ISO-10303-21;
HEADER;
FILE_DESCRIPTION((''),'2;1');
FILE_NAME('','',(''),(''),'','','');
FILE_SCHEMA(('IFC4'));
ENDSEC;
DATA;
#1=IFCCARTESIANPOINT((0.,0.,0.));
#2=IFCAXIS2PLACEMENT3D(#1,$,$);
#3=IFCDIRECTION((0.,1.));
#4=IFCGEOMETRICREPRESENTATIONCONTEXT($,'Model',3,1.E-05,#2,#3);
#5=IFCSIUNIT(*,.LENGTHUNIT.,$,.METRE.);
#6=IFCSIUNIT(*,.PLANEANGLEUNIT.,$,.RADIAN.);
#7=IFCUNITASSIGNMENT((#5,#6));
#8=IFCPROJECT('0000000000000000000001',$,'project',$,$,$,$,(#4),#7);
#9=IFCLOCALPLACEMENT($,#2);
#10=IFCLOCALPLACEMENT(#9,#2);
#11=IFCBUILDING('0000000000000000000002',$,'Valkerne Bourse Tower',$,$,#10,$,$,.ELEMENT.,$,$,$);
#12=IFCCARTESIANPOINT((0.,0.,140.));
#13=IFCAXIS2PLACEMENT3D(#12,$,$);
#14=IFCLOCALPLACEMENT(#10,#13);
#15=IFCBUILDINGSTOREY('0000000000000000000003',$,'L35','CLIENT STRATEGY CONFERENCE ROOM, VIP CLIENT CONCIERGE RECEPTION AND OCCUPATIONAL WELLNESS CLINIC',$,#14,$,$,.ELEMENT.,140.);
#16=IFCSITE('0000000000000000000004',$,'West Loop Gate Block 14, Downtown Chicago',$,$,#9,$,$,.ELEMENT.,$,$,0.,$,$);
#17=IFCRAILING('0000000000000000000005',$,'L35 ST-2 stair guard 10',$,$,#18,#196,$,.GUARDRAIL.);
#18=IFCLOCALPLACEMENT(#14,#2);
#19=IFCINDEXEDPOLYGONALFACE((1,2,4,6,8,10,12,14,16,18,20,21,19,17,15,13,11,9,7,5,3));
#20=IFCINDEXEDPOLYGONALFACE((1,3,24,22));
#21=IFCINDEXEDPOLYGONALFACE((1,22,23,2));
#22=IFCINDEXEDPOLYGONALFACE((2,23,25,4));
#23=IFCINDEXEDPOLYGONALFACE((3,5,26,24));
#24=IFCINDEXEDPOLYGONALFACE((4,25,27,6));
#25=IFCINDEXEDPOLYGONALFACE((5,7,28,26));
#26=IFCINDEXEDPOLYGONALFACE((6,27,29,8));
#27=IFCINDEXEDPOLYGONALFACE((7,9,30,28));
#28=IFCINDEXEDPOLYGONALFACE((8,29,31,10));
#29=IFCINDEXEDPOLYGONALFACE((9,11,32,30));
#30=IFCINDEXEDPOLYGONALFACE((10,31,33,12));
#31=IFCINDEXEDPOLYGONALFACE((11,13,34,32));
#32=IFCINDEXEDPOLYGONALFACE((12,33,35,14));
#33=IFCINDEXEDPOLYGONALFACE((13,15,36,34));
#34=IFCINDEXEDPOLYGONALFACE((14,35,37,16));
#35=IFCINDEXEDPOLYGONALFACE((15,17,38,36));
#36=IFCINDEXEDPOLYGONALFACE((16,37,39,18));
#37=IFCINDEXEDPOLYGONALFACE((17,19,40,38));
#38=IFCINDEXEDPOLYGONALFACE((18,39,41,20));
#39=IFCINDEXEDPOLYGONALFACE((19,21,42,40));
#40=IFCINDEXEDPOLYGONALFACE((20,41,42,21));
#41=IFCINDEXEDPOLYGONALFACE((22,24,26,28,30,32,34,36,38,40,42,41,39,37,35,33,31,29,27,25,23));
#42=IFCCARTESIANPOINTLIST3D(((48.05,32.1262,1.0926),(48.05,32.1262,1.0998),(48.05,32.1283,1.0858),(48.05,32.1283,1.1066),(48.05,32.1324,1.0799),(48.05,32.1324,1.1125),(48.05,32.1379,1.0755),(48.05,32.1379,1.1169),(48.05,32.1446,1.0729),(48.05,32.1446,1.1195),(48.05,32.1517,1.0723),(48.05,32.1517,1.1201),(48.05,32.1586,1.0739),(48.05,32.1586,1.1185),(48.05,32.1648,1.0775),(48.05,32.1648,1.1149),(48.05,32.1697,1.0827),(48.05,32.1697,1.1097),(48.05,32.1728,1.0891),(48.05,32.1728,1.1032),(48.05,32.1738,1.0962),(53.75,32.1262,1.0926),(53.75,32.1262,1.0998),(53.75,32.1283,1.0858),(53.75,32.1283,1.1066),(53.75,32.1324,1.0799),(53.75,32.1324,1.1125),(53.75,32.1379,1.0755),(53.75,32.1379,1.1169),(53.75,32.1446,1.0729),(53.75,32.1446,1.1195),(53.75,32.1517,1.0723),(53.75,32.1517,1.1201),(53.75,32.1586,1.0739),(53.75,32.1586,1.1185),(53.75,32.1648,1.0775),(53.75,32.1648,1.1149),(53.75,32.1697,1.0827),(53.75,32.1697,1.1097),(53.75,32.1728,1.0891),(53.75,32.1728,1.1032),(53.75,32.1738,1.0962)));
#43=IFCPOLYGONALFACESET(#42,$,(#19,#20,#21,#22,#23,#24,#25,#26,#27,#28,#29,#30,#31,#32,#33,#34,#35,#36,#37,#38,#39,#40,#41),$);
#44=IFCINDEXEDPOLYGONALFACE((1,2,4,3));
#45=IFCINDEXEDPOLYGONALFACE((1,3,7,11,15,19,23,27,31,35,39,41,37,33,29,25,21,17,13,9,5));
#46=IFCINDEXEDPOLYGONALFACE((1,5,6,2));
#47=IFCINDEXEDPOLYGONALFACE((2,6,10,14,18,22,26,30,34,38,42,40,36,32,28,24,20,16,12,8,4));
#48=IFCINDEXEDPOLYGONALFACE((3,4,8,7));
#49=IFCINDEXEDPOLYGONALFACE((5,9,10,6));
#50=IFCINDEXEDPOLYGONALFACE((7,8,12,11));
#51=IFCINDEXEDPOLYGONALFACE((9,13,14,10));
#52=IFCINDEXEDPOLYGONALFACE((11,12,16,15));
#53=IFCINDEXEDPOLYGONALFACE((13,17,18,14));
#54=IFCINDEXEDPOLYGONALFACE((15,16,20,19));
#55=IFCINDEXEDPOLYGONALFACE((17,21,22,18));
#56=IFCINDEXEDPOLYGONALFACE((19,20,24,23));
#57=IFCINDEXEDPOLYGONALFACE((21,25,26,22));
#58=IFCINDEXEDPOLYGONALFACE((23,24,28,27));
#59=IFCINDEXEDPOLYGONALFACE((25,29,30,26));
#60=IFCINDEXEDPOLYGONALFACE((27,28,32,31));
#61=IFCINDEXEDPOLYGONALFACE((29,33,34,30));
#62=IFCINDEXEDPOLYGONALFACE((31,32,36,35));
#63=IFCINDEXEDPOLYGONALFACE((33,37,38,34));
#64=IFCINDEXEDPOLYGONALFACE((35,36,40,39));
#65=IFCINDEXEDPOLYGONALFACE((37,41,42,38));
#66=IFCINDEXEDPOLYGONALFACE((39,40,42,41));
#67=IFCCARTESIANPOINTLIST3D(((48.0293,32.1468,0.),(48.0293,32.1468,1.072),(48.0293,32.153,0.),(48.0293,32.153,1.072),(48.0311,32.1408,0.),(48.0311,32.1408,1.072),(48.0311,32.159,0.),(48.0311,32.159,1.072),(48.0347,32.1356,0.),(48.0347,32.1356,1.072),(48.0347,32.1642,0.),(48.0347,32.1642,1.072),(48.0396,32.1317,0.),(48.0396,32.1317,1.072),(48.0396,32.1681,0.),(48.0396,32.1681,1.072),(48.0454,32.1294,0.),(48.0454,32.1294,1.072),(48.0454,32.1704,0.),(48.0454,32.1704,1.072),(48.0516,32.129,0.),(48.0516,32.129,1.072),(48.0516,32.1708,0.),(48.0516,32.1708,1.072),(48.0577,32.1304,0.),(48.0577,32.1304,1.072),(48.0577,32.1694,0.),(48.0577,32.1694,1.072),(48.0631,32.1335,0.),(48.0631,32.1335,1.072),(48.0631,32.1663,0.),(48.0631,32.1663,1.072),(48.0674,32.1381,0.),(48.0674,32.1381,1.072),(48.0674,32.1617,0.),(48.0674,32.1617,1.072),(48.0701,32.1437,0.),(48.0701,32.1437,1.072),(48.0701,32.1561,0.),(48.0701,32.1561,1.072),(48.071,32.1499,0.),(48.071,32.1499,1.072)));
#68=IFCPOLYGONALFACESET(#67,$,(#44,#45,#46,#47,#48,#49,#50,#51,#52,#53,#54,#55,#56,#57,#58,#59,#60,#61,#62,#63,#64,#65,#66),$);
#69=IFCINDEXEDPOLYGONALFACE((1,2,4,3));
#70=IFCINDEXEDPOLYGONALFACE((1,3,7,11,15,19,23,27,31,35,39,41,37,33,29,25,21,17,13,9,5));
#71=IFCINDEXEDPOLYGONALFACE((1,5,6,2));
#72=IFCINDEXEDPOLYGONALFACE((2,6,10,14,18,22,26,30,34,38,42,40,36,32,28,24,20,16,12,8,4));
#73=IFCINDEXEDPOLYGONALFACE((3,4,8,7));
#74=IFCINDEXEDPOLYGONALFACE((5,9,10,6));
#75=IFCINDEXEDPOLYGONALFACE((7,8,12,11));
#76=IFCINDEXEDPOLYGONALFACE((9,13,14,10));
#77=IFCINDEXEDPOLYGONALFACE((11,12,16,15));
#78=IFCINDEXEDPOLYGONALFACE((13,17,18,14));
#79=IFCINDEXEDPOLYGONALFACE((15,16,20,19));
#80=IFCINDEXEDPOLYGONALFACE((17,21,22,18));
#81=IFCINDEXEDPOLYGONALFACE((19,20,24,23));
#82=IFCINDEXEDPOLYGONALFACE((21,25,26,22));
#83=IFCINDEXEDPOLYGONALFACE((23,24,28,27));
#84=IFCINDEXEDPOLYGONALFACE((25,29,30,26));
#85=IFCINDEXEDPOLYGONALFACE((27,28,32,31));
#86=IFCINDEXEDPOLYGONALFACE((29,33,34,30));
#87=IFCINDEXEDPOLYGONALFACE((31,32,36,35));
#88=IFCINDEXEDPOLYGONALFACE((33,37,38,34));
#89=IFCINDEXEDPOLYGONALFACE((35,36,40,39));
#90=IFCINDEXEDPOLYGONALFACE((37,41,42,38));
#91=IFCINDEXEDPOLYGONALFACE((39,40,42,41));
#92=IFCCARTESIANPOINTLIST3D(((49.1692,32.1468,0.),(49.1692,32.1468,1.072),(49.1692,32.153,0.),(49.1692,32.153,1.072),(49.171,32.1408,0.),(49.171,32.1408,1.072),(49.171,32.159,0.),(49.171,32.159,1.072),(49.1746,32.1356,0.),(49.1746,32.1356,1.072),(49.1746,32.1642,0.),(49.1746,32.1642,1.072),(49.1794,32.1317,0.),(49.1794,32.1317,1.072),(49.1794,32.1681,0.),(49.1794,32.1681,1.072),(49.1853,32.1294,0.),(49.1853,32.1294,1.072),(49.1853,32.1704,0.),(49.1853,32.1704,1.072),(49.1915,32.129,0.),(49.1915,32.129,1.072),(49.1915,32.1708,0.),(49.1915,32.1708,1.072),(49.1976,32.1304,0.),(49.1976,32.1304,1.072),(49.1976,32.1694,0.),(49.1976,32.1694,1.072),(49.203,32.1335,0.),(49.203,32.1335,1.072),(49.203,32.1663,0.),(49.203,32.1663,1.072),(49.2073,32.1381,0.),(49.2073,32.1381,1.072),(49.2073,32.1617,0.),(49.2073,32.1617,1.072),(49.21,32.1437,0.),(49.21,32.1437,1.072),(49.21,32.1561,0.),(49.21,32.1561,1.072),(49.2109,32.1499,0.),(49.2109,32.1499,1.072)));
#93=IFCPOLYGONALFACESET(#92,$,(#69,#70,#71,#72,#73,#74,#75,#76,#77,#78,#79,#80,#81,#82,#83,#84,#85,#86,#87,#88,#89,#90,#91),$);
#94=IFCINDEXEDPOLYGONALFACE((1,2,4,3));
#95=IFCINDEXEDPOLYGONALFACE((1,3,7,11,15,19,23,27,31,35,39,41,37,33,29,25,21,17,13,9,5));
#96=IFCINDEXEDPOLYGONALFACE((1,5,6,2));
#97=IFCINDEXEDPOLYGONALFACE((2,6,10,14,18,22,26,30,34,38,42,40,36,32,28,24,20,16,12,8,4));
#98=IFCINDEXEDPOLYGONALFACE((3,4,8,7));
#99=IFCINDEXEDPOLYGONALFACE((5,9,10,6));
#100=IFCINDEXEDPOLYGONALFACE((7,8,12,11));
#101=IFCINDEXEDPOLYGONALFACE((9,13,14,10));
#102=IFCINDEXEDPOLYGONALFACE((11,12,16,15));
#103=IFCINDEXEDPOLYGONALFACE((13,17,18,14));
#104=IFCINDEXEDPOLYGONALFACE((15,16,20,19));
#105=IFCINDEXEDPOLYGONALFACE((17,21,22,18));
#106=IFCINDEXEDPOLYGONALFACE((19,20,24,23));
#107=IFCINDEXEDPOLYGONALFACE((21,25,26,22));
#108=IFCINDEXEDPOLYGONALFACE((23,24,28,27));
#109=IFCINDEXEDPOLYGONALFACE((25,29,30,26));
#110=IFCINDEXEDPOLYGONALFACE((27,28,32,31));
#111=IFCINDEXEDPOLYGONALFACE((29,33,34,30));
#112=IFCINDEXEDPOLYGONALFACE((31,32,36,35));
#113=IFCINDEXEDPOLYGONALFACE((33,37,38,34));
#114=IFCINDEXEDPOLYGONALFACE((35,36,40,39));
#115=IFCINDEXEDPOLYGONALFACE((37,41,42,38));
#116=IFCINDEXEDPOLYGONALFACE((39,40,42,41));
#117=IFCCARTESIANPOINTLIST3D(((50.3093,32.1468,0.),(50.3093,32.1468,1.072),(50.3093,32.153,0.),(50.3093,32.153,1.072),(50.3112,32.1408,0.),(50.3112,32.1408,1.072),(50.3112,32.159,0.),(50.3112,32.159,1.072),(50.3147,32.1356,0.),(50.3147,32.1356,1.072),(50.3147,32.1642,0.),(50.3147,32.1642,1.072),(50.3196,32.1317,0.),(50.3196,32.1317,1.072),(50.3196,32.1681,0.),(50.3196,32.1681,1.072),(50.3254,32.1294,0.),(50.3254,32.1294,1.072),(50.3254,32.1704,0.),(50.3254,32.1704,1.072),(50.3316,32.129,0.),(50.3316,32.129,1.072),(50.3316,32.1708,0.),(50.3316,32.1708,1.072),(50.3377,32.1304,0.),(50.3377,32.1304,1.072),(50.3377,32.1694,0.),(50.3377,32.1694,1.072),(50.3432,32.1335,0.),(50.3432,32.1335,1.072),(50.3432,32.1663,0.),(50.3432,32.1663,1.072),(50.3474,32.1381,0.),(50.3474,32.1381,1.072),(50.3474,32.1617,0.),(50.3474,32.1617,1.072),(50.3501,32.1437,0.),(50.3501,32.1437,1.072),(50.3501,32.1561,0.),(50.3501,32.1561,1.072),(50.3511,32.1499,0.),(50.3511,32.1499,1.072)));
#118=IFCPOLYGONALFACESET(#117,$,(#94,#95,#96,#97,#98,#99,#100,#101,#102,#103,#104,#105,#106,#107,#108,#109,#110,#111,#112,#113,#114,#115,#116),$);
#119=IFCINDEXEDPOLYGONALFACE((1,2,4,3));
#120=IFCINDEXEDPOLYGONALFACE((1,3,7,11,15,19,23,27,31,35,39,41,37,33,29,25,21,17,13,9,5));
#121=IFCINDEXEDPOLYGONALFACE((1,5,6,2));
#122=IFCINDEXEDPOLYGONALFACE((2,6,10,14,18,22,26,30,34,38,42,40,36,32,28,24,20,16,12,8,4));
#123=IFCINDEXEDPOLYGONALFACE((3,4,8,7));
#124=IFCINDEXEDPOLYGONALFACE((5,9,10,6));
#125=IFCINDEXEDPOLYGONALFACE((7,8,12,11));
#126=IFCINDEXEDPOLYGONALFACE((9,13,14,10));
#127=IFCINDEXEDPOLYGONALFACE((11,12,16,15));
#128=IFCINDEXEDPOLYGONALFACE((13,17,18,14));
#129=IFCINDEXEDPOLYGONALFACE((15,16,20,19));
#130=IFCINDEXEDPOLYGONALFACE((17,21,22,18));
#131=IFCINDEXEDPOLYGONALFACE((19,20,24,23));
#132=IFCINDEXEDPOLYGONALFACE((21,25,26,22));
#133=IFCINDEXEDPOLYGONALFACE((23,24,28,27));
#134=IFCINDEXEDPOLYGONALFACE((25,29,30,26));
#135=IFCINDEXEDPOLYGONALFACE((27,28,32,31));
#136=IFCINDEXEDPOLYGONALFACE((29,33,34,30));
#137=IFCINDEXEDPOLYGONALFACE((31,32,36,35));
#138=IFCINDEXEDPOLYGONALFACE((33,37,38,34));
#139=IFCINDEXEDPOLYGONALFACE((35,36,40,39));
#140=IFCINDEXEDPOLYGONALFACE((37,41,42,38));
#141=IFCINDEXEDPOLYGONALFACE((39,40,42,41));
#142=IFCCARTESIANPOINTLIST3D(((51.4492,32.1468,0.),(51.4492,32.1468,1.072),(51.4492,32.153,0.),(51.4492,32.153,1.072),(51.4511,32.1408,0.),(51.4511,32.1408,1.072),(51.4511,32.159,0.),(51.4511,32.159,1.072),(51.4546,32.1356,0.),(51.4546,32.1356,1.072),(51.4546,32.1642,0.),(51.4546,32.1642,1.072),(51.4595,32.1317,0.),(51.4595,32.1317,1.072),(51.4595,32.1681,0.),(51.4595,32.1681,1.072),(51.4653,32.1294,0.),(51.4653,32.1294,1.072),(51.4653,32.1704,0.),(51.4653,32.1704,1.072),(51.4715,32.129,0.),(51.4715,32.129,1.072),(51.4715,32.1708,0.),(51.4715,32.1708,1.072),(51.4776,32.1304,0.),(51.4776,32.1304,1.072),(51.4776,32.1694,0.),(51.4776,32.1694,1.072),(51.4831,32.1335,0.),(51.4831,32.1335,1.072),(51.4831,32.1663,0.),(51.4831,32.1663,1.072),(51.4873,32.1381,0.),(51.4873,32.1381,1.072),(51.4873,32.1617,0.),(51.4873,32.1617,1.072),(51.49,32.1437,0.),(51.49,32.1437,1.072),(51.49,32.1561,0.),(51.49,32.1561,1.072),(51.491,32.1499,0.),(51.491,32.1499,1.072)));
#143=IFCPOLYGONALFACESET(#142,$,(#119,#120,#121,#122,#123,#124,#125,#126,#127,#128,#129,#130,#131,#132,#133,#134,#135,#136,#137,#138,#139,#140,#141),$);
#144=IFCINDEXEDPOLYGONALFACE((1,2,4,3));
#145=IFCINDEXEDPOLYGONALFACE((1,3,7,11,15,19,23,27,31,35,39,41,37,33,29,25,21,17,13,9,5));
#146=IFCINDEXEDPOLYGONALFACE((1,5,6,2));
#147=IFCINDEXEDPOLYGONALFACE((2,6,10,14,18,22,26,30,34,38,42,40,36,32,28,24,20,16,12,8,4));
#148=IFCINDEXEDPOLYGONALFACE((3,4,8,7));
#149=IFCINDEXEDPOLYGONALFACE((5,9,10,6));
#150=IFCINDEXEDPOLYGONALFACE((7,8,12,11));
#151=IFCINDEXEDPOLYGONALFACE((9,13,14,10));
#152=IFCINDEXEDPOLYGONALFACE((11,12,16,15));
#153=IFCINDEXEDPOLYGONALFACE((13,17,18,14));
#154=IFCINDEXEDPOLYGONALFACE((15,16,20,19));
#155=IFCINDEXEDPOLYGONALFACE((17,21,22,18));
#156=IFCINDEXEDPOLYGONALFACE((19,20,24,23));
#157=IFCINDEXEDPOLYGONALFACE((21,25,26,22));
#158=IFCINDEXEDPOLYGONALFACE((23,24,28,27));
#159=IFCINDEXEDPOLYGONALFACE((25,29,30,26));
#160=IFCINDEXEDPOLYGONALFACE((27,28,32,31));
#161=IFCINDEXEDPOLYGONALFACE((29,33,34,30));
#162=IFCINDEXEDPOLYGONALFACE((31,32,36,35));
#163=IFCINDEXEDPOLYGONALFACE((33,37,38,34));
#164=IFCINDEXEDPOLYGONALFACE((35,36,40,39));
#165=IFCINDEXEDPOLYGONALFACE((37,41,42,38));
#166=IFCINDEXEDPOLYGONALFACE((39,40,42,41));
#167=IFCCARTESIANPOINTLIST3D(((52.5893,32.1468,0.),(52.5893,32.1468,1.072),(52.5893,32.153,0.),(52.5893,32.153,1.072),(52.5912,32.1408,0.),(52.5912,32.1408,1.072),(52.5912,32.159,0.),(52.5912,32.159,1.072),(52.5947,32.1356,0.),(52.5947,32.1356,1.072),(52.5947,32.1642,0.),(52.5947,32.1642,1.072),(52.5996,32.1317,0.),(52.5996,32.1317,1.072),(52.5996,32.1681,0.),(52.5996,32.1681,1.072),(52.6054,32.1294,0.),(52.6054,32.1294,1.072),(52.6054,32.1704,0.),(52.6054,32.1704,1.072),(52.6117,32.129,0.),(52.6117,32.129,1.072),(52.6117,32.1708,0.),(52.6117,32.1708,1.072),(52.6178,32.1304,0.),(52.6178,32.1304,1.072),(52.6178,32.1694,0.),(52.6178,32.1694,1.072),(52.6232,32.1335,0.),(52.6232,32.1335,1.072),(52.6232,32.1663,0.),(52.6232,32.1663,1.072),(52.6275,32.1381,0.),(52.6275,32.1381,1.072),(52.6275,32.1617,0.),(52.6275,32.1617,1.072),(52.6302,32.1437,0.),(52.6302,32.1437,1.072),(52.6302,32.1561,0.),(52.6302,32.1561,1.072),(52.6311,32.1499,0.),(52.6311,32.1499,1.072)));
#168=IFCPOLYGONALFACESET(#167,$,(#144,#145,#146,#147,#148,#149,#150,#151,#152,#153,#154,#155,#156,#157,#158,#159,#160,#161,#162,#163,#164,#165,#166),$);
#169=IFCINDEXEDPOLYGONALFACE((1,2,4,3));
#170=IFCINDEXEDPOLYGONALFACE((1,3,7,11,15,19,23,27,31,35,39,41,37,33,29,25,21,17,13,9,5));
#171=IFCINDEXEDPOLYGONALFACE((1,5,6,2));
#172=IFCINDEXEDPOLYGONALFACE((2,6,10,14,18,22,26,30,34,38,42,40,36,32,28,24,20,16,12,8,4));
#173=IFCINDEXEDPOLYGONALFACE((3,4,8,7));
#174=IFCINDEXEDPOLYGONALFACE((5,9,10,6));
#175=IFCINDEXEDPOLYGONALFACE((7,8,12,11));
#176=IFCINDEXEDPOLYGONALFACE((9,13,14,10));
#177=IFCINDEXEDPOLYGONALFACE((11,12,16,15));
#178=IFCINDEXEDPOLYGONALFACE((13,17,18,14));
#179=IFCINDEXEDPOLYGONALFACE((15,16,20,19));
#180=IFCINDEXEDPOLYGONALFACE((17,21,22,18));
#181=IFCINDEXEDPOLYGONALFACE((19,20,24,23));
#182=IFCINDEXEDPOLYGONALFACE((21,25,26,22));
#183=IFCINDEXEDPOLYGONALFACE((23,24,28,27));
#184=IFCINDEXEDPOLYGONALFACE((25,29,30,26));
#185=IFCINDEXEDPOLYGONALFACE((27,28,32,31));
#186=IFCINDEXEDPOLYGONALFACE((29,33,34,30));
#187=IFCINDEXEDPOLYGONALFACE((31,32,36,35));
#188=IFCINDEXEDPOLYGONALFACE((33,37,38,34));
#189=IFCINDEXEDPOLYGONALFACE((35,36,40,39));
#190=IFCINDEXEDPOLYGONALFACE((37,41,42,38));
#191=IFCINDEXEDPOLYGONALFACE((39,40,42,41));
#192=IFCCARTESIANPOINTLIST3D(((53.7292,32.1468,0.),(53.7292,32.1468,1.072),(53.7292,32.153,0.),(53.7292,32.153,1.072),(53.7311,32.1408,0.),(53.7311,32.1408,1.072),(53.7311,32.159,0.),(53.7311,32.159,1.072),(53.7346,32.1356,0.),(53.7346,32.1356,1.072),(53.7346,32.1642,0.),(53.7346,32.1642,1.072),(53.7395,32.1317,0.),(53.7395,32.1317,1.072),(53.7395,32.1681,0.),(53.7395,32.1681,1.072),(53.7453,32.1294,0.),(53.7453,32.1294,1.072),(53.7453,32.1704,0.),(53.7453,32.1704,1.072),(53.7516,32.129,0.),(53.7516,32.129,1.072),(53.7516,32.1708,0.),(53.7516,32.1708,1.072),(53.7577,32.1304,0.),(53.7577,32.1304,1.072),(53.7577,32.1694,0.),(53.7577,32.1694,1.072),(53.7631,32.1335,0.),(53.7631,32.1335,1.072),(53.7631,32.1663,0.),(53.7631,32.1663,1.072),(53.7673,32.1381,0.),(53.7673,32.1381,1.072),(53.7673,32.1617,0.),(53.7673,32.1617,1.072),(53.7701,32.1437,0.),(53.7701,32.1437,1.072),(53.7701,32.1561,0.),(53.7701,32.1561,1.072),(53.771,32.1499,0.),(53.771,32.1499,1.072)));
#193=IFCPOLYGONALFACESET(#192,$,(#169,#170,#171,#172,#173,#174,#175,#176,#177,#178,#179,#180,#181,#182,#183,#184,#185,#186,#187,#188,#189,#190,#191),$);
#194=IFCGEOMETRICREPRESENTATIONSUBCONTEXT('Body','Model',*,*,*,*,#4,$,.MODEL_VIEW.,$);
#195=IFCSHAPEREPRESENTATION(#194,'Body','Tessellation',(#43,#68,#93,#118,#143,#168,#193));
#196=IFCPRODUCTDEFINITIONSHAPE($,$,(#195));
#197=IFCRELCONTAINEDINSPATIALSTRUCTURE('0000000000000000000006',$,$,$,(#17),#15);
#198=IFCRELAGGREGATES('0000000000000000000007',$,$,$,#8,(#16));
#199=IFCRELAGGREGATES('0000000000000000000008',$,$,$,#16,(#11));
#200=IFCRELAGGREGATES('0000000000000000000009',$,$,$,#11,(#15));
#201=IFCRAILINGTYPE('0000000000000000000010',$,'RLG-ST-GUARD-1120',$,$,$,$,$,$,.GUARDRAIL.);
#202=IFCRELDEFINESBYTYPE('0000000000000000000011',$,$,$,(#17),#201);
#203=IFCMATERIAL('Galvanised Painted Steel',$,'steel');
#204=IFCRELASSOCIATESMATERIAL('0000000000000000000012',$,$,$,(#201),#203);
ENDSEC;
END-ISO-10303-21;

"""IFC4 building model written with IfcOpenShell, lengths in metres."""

from ifc_helpers import new_model, si_unit, direction, frame, origin, origin_2d, place, context, subcontext, project, spatial, circle, extrude, material, type_object, element, save


model = new_model("IFC4")

# Units and contexts
model_context = context("Model", 3, precision=1e-05, world=origin(), true_north=direction((0.0, 1.0)))
body_context = subcontext(model_context, "Body", "Model", "MODEL_VIEW")
ifc_project = project(units=[si_unit("LENGTHUNIT", "METRE"), si_unit("PLANEANGLEUNIT", "RADIAN")], contexts=[model_context])

# Site, building, storey
site_placement = place(None, origin())
site = spatial("IfcSite", under=ifc_project, at=site_placement, Name="West Loop Gate Block 14, Downtown Chicago", CompositionType="ELEMENT", RefElevation=0.0)
building_placement = place(site_placement, origin())
building = spatial("IfcBuilding", under=site, at=building_placement, Name="Valkerne Bourse Tower", CompositionType="ELEMENT")
storey_placement = place(building_placement, frame((0.0, 0.0, 140.0)))
storey = spatial("IfcBuildingStorey", under=building, at=storey_placement, Name="L35", Description="CLIENT STRATEGY CONFERENCE ROOM, VIP CLIENT CONCIERGE RECEPTION AND OCCUPATIONAL WELLNESS CLINIC", CompositionType="ELEMENT", Elevation=140.0)

# Shared definitions
ifc_material_1 = material(Name="Galvanised Painted Steel", Category="steel")

# Railing
railing_type_1 = type_object("IfcRailingType", Name="RLG-ST-GUARD-1120", PredefinedType="GUARDRAIL", material=ifc_material_1)
for number, where, name in (
    (1, (48.05, 32.1499, 0.0), "L35 ST-2 stair guard 10"),
):
    element("IfcRailing", number, at=place(storey_placement, frame(where)), inside=storey, type_object=railing_type_1, Name=name, PredefinedType="GUARDRAIL", context=body_context, shape_type="SweptSolid", body=[
        extrude(circle(Radius=0.0239, at=origin_2d()), frame((0.0, 0.0, 1.0962), z_axis=(1.0, 0.0, 0.0), x_axis=(0.0, 1.0, 0.0)), (0.0, 0.0, 1.0), 5.7),
        extrude(circle(Radius=0.021, at=origin_2d()), origin(), (0.0, 0.0, 1.0), 1.072),
        extrude(circle(Radius=0.021, at=origin_2d()), frame((1.1399, 0.0, 0.0)), (0.0, 0.0, 1.0), 1.072),
        extrude(circle(Radius=0.021, at=origin_2d()), frame((2.28, 0.0, 0.0)), (0.0, 0.0, 1.0), 1.072),
        extrude(circle(Radius=0.021, at=origin_2d()), frame((3.4199, 0.0, 0.0)), (0.0, 0.0, 1.0), 1.072),
        extrude(circle(Radius=0.021, at=origin_2d()), frame((4.5601, 0.0, 0.0)), (0.0, 0.0, 1.0), 1.072),
        extrude(circle(Radius=0.021, at=origin_2d()), frame((5.7, 0.0, 0.0)), (0.0, 0.0, 1.0), 1.072),
    ])

save(model, "model.ifc")
